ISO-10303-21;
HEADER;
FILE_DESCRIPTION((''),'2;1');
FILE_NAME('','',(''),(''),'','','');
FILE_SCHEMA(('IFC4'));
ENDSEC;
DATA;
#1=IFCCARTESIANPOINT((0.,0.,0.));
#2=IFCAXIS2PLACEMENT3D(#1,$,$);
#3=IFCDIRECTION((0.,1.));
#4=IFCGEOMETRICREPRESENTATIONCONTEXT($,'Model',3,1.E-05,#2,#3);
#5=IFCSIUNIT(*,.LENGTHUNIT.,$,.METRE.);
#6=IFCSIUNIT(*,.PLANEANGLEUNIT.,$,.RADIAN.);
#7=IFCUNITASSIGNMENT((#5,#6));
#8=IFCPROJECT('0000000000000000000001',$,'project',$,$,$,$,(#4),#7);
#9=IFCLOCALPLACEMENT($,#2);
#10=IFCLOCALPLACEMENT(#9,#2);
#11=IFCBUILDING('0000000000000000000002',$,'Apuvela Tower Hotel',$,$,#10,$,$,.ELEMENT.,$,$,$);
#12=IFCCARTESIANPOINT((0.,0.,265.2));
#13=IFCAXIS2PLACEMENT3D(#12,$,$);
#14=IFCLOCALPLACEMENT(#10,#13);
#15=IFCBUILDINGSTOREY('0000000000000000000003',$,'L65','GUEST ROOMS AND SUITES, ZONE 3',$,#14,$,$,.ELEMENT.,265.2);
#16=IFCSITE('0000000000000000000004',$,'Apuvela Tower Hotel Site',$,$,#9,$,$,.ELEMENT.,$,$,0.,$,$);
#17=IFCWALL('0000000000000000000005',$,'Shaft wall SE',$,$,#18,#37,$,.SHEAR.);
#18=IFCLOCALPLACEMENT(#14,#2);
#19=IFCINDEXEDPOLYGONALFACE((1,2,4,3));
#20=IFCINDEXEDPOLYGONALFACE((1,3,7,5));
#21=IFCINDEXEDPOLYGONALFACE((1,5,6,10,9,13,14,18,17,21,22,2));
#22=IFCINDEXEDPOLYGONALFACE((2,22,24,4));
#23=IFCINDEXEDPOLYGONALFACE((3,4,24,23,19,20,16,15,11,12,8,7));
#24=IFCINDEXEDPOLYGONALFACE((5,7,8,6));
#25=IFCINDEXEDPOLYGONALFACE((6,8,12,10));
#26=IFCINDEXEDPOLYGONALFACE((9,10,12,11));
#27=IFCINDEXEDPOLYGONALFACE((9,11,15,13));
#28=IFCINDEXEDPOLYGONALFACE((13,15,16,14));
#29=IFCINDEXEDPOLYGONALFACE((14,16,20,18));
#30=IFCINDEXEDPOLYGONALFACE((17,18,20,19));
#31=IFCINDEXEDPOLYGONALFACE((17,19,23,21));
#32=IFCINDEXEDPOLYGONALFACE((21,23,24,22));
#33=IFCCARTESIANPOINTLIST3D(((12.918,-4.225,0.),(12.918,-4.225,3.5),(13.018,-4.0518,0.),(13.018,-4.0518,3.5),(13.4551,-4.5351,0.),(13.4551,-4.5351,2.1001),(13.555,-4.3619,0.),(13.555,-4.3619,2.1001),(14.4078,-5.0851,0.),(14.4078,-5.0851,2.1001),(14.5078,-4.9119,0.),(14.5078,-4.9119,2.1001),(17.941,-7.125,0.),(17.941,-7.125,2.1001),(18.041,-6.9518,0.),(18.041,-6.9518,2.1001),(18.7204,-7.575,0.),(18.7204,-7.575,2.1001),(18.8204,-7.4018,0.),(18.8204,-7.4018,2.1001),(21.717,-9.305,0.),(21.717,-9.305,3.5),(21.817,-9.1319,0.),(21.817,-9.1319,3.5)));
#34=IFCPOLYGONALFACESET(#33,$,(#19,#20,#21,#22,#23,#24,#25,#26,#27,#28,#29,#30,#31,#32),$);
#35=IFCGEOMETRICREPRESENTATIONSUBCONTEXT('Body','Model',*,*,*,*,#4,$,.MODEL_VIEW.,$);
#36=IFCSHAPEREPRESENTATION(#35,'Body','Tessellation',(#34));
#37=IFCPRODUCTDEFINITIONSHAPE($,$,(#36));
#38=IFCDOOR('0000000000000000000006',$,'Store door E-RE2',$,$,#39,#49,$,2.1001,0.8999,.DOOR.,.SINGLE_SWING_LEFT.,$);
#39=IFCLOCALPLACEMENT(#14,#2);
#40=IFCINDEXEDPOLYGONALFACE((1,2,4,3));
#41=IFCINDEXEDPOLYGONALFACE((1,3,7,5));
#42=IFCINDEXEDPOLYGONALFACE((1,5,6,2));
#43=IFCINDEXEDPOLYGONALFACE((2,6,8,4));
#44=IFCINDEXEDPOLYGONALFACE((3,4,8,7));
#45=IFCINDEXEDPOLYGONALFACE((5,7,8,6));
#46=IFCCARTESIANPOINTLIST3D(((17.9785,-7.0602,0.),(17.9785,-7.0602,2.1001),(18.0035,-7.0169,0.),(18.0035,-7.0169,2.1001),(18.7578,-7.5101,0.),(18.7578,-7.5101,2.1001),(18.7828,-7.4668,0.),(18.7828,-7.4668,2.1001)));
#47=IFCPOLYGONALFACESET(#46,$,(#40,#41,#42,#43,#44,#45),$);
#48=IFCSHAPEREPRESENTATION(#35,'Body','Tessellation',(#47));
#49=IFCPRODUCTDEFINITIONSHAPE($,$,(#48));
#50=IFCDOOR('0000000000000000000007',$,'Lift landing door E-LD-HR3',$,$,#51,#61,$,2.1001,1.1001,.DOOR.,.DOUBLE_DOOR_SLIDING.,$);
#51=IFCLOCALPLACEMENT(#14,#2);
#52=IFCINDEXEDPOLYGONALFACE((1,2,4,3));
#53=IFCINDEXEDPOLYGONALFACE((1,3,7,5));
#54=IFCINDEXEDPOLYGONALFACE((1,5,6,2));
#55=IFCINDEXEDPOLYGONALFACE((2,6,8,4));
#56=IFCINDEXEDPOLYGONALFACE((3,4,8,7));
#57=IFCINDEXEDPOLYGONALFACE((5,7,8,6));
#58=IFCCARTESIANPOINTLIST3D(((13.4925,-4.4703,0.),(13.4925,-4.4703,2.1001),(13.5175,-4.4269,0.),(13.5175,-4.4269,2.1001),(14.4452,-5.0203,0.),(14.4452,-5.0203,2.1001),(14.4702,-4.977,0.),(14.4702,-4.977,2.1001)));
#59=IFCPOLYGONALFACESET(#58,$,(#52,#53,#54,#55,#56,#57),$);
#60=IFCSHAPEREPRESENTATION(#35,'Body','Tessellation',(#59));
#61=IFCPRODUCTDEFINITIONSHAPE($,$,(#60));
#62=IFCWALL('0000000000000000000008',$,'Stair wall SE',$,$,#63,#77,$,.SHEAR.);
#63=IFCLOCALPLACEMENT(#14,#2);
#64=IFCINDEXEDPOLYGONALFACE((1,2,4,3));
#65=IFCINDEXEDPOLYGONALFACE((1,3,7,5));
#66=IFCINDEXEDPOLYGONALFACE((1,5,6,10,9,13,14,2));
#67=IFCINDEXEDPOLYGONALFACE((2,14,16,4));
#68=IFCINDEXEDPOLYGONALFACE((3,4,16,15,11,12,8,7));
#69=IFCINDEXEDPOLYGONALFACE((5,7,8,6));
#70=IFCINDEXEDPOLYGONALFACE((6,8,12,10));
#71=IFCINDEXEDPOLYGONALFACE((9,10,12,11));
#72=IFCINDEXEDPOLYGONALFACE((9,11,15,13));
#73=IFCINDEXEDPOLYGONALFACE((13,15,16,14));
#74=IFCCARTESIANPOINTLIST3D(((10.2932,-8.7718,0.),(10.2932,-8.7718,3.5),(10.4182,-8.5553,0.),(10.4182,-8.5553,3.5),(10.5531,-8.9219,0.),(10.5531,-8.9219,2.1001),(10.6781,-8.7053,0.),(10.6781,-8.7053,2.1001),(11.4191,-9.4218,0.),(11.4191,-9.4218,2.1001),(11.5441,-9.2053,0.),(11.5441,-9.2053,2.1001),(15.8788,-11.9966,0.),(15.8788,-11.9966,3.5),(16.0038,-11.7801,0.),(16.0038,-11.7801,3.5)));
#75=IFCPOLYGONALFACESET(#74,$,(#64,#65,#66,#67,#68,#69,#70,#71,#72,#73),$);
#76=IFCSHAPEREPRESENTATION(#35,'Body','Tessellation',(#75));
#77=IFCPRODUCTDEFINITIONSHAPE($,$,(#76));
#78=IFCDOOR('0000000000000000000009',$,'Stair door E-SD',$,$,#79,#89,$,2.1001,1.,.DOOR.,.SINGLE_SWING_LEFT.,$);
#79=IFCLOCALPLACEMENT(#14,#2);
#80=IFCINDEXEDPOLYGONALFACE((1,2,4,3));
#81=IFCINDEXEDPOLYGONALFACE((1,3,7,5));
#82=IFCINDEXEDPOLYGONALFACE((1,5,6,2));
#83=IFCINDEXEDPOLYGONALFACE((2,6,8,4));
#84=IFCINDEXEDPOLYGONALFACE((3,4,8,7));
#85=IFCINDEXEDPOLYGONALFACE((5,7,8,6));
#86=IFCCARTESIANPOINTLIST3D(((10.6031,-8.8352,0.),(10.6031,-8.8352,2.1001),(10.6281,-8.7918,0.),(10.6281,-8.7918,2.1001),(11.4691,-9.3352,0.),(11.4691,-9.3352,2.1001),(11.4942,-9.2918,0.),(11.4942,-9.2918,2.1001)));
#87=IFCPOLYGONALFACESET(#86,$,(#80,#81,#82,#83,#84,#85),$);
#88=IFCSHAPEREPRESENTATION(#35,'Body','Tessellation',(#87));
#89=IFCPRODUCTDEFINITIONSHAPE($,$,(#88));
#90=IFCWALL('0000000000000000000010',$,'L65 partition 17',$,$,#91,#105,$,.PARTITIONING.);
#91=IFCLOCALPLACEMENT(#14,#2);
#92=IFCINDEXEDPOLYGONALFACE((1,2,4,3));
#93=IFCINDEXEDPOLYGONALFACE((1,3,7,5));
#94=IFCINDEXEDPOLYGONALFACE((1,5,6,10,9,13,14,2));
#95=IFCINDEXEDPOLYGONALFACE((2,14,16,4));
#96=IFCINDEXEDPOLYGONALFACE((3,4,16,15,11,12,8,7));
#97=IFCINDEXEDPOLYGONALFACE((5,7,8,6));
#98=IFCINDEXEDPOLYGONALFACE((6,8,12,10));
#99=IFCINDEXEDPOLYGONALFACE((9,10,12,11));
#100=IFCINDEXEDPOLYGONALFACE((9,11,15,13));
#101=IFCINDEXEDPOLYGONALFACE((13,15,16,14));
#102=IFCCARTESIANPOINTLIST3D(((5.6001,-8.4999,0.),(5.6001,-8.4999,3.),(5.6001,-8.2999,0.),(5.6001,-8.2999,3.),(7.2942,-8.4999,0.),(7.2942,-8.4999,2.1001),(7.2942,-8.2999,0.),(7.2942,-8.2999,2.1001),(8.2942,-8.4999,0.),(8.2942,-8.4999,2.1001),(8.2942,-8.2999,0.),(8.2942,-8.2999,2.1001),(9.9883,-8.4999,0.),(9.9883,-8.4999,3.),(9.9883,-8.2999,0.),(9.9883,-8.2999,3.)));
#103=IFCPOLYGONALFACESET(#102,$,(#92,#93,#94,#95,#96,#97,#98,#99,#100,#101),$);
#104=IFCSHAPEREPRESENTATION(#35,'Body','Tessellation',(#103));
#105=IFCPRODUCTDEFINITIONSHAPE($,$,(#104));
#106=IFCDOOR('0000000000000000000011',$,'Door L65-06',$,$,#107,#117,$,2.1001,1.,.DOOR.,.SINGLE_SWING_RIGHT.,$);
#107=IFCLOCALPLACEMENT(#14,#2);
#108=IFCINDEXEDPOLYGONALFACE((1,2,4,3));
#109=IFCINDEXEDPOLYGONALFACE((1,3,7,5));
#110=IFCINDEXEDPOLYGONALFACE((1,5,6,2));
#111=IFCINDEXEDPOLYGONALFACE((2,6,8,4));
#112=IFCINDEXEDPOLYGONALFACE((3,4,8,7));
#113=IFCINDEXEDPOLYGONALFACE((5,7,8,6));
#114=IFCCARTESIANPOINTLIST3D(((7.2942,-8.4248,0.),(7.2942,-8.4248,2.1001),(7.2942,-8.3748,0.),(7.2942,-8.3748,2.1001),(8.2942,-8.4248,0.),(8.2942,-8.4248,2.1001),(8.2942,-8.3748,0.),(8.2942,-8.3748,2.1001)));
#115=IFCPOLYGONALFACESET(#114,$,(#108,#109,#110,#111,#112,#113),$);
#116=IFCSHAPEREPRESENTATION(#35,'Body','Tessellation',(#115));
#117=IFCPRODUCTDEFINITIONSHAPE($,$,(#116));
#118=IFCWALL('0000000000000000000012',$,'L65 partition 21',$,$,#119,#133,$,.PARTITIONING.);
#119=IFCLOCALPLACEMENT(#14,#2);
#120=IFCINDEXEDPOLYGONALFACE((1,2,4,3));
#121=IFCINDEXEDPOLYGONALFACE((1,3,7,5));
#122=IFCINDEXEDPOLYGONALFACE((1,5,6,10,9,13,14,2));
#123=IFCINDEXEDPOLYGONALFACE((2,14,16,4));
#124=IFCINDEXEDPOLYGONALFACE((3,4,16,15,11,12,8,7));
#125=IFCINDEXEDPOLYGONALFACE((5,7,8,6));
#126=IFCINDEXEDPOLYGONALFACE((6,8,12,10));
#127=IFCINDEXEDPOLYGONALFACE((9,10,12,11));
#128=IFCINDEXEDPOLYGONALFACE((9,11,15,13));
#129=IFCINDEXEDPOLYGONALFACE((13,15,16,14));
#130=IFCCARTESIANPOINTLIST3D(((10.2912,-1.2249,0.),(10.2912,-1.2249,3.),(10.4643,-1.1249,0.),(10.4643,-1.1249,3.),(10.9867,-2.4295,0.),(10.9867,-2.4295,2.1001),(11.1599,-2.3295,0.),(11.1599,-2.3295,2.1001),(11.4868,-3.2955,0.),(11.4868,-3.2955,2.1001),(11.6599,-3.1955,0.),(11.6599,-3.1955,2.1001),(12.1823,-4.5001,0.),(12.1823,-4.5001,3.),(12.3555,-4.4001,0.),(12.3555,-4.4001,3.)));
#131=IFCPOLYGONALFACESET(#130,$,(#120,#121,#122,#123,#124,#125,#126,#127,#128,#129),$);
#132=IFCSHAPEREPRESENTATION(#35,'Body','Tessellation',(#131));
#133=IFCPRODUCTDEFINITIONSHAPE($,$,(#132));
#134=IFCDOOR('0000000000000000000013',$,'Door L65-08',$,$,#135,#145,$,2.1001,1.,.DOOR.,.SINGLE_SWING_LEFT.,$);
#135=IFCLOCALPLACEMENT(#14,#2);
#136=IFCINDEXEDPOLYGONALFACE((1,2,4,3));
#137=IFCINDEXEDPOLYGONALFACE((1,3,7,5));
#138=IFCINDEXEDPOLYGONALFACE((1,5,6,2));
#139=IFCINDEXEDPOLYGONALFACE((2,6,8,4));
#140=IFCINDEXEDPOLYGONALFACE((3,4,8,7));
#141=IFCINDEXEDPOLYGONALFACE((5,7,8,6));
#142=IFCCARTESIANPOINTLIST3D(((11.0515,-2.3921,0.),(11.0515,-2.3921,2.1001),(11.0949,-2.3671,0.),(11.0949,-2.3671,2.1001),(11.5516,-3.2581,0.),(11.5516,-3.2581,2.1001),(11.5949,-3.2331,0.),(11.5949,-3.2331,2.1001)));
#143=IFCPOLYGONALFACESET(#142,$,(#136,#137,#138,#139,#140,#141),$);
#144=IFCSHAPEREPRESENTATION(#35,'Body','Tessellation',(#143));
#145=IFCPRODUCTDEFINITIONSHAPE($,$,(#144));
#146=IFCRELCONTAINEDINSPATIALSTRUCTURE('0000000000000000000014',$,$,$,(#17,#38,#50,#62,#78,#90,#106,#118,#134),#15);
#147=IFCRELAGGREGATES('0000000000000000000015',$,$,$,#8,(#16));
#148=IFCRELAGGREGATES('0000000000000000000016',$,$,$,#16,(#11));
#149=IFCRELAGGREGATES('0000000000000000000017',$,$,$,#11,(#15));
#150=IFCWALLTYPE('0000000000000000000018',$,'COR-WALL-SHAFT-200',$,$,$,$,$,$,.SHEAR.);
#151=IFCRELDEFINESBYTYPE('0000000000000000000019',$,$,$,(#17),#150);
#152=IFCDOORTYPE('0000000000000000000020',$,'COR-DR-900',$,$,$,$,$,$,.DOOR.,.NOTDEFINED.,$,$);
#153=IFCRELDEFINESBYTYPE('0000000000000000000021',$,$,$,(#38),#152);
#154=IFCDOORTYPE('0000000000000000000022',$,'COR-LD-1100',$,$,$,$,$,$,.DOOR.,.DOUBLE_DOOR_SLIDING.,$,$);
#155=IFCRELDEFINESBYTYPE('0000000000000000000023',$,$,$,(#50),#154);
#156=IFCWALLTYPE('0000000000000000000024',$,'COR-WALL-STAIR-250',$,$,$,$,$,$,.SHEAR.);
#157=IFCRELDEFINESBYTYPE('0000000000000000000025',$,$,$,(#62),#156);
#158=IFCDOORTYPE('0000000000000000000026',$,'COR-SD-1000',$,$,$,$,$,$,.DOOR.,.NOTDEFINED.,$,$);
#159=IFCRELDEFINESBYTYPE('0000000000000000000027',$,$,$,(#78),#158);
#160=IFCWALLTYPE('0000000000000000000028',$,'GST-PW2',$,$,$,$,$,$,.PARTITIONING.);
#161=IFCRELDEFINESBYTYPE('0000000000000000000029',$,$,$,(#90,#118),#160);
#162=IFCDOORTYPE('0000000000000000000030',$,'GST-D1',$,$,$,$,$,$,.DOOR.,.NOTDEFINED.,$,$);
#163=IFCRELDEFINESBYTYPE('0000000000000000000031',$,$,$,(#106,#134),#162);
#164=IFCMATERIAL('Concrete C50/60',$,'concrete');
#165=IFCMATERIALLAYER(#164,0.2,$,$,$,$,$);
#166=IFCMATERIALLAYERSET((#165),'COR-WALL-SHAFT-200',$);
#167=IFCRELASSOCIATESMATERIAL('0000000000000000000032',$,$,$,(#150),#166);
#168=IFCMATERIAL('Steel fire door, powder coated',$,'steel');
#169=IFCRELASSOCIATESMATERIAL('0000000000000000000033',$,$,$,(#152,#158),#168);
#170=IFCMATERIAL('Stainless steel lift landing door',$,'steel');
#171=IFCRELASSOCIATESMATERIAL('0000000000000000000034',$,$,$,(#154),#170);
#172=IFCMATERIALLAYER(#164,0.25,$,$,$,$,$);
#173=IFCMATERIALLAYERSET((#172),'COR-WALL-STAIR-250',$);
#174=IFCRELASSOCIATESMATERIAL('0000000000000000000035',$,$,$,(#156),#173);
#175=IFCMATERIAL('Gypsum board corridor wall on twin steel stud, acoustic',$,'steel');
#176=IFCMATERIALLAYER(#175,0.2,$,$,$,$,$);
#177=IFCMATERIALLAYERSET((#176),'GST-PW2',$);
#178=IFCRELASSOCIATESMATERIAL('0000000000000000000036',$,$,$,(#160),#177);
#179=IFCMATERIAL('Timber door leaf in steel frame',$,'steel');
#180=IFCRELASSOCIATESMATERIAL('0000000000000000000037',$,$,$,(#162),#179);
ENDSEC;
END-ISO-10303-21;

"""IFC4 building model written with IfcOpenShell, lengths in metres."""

from ifc_helpers import new_model, si_unit, direction, frame, frame_2d, origin, place, context, subcontext, project, spatial, rectangle, extrude, material, layer, layer_set, type_object, element, fill, save


model = new_model("IFC4")

# Units and contexts
model_context = context("Model", 3, precision=1e-05, world=origin(), true_north=direction((0.0, 1.0)))
body_context = subcontext(model_context, "Body", "Model", "MODEL_VIEW")
ifc_project = project(units=[si_unit("LENGTHUNIT", "METRE"), si_unit("PLANEANGLEUNIT", "RADIAN")], contexts=[model_context])

# Site, building, storey
site_placement = place(None, origin())
site = spatial("IfcSite", under=ifc_project, at=site_placement, Name="Apuvela Tower Hotel Site", CompositionType="ELEMENT", RefElevation=0.0)
building_placement = place(site_placement, origin())
building = spatial("IfcBuilding", under=site, at=building_placement, Name="Apuvela Tower Hotel", CompositionType="ELEMENT")
storey_placement = place(building_placement, frame((0.0, 0.0, 265.2)))
storey = spatial("IfcBuildingStorey", under=building, at=storey_placement, Name="L65", Description="GUEST ROOMS AND SUITES, ZONE 3", CompositionType="ELEMENT", Elevation=265.2)

# Shared definitions
ifc_material_1 = material(Name="Concrete C50/60", Category="concrete")
ifc_material_2 = material(Name="Steel fire door, powder coated", Category="steel")

# Shared definitions
ifc_layer_1 = layer(ifc_material_1, 0.2)
ifc_layer_set_1 = layer_set([ifc_layer_1], Name="COR-WALL-SHAFT-200")
wall_type_1 = type_object("IfcWallType", Name="COR-WALL-SHAFT-200", PredefinedType="SHEAR", material=ifc_layer_set_1)
ifc_material_3 = material(Name="Stainless steel lift landing door", Category="steel")

# Wall, openings, doors
wall_1_placement = place(storey_placement, frame((12.968, -4.1384, 0.0), z_axis=(0.0, 0.0, 1.0), x_axis=(0.866028, -0.499995, 0.0)))
wall_1 = element("IfcWall", 1, at=wall_1_placement, inside=storey, type_object=wall_type_1, Name="Shaft wall SE", PredefinedType="SHEAR", context=body_context, shape_type="SweptSolid", body=[
    extrude(rectangle(XDim=10.1602, YDim=0.2, at=frame_2d((5.0801, 0.0))), origin(), (0.0, 0.0, 1.0), 3.5),
])
opening_1_placement = place(wall_1_placement, frame((0.6201, 0.0, 0.0)))
opening_1 = element("IfcOpeningElement", 2, at=opening_1_placement, cuts=wall_1, PredefinedType="OPENING", context=body_context, shape_type="SweptSolid", body=[
    extrude(rectangle(XDim=1.1001, YDim=2.1001, at=frame_2d((0.55, 1.05))), frame((0.0, 0.1099, 0.0), z_axis=(0.0, -1.0, 0.0), x_axis=(1.0, 0.0, 0.0)), (0.0, 0.0, 1.0), 0.22),
])
opening_2_placement = place(wall_1_placement, frame((5.8, 0.0, 0.0)))
opening_2 = element("IfcOpeningElement", 3, at=opening_2_placement, cuts=wall_1, PredefinedType="OPENING", context=body_context, shape_type="SweptSolid", body=[
    extrude(rectangle(XDim=0.8999, YDim=2.1001, at=frame_2d((0.45, 1.05))), frame((0.0, 0.1099, 0.0), z_axis=(0.0, -1.0, 0.0), x_axis=(1.0, 0.0, 0.0)), (0.0, 0.0, 1.0), 0.22),
])
door_type_1 = type_object("IfcDoorType", Name="COR-DR-900", OperationType="NOTDEFINED", PredefinedType="DOOR", material=ifc_material_2)
door_1_placement = place(opening_2_placement, origin())
door_1 = element("IfcDoor", 4, at=door_1_placement, inside=storey, type_object=door_type_1, Name="Store door E-RE2", OperationType="SINGLE_SWING_LEFT", OverallHeight=2.1001, OverallWidth=0.8999, PredefinedType="DOOR", context=body_context, shape_type="SweptSolid", body=[
    extrude(rectangle(XDim=0.8999, YDim=2.1001, at=frame_2d((0.45, 1.05))), frame((0.0, 0.0249, 0.0), z_axis=(0.0, -1.0, 0.0), x_axis=(1.0, 0.0, 0.0)), (0.0, 0.0, 1.0), 0.05),
])
fill(opening_2, door_1)
door_type_2 = type_object("IfcDoorType", Name="COR-LD-1100", OperationType="DOUBLE_DOOR_SLIDING", PredefinedType="DOOR", material=ifc_material_3)
door_2_placement = place(opening_1_placement, origin())
door_2 = element("IfcDoor", 5, at=door_2_placement, inside=storey, type_object=door_type_2, Name="Lift landing door E-LD-HR3", OperationType="DOUBLE_DOOR_SLIDING", OverallHeight=2.1001, OverallWidth=1.1001, PredefinedType="DOOR", context=body_context, shape_type="SweptSolid", body=[
    extrude(rectangle(XDim=1.1001, YDim=2.1001, at=frame_2d((0.55, 1.05))), frame((0.0, 0.0249, 0.0), z_axis=(0.0, -1.0, 0.0), x_axis=(1.0, 0.0, 0.0)), (0.0, 0.0, 1.0), 0.05),
])
fill(opening_1, door_2)

# Walls, openings, doors
ifc_layer_2 = layer(ifc_material_1, 0.25)
ifc_layer_set_2 = layer_set([ifc_layer_2], Name="COR-WALL-STAIR-250")
wall_type_2 = type_object("IfcWallType", Name="COR-WALL-STAIR-250", PredefinedType="SHEAR", material=ifc_layer_set_2)
wall_2_placement = place(storey_placement, frame((10.3557, -8.6636, 0.0), z_axis=(0.0, 0.0, 1.0), x_axis=(0.866029, -0.499994, 0.0)))
wall_2 = element("IfcWall", 6, at=wall_2_placement, inside=storey, type_object=wall_type_2, Name="Stair wall SE", PredefinedType="SHEAR", context=body_context, shape_type="SweptSolid", body=[
    extrude(rectangle(XDim=6.4497, YDim=0.25, at=frame_2d((3.2249, 0.0))), origin(), (0.0, 0.0, 1.0), 3.5),
])
opening_3_placement = place(wall_2_placement, frame((0.3, 0.0, 0.0)))
opening_3 = element("IfcOpeningElement", 7, at=opening_3_placement, cuts=wall_2, PredefinedType="OPENING", context=body_context, shape_type="SweptSolid", body=[
    extrude(rectangle(XDim=1.0, YDim=2.1001, at=frame_2d((0.5, 1.05))), frame((0.0, 0.135, 0.0), z_axis=(0.0, -1.0, 0.0), x_axis=(1.0, 0.0, 0.0)), (0.0, 0.0, 1.0), 0.27),
])
door_type_3 = type_object("IfcDoorType", Name="COR-SD-1000", OperationType="NOTDEFINED", PredefinedType="DOOR", material=ifc_material_2)
door_3_placement = place(opening_3_placement, frame((1.0, 0.0, 0.0), z_axis=(0.0, 0.0, 1.0), x_axis=(-1.0, 0.0, 0.0)))
door_3 = element("IfcDoor", 8, at=door_3_placement, inside=storey, type_object=door_type_3, Name="Stair door E-SD", OperationType="SINGLE_SWING_LEFT", OverallHeight=2.1001, OverallWidth=1.0, PredefinedType="DOOR", context=body_context, shape_type="SweptSolid", body=[
    extrude(rectangle(XDim=1.0, YDim=2.1001, at=frame_2d((0.5, 1.05))), frame((0.0, 0.0249, 0.0), z_axis=(0.0, -1.0, 0.0), x_axis=(1.0, 0.0, 0.0)), (0.0, 0.0, 1.0), 0.05),
])
fill(opening_3, door_3)
ifc_material_4 = material(Name="Gypsum board corridor wall on twin steel stud, acoustic", Category="steel")
ifc_layer_3 = layer(ifc_material_4, 0.2)
ifc_layer_set_3 = layer_set([ifc_layer_3], Name="GST-PW2")
wall_type_3 = type_object("IfcWallType", Name="GST-PW2", PredefinedType="PARTITIONING", material=ifc_layer_set_3)
wall_3_placement = place(storey_placement, frame((9.9883, -8.3999, 0.0), z_axis=(0.0, 0.0, 1.0), x_axis=(-1.0, 0.0, 0.0)))
wall_3 = element("IfcWall", 9, at=wall_3_placement, inside=storey, type_object=wall_type_3, Name="L65 partition 17", PredefinedType="PARTITIONING", context=body_context, shape_type="SweptSolid", body=[
    extrude(rectangle(XDim=4.3882, YDim=0.2, at=frame_2d((2.1941, 0.0))), origin(), (0.0, 0.0, 1.0), 3.0),
])
opening_4_placement = place(wall_3_placement, frame((1.6941, 0.0, 0.0)))
opening_4 = element("IfcOpeningElement", 10, at=opening_4_placement, cuts=wall_3, PredefinedType="OPENING", context=body_context, shape_type="SweptSolid", body=[
    extrude(rectangle(XDim=1.0, YDim=2.1001, at=frame_2d((0.5, 1.05))), frame((0.0, 0.1099, 0.0), z_axis=(0.0, -1.0, 0.0), x_axis=(1.0, 0.0, 0.0)), (0.0, 0.0, 1.0), 0.22),
])
ifc_material_5 = material(Name="Timber door leaf in steel frame", Category="steel")
door_type_4 = type_object("IfcDoorType", Name="GST-D1", OperationType="NOTDEFINED", PredefinedType="DOOR", material=ifc_material_5)
door_4_placement = place(opening_4_placement, origin())
door_4 = element("IfcDoor", 11, at=door_4_placement, inside=storey, type_object=door_type_4, Name="Door L65-06", OperationType="SINGLE_SWING_RIGHT", OverallHeight=2.1001, OverallWidth=1.0, PredefinedType="DOOR", context=body_context, shape_type="SweptSolid", body=[
    extrude(rectangle(XDim=1.0, YDim=2.1001, at=frame_2d((0.5, 1.05))), frame((0.0, 0.0249, 0.0), z_axis=(0.0, -1.0, 0.0), x_axis=(1.0, 0.0, 0.0)), (0.0, 0.0, 1.0), 0.05),
])
fill(opening_4, door_4)
wall_4_placement = place(storey_placement, frame((10.3777, -1.1748, 0.0), z_axis=(0.0, 0.0, 1.0), x_axis=(0.500041, -0.866002, 0.0)))
wall_4 = element("IfcWall", 12, at=wall_4_placement, inside=storey, type_object=wall_type_3, Name="L65 partition 21", PredefinedType="PARTITIONING", context=body_context, shape_type="SweptSolid", body=[
    extrude(rectangle(XDim=3.782, YDim=0.2, at=frame_2d((1.8911, 0.0))), origin(), (0.0, 0.0, 1.0), 3.0),
])
opening_5_placement = place(wall_4_placement, frame((1.3911, 0.0, 0.0)))
opening_5 = element("IfcOpeningElement", 13, at=opening_5_placement, cuts=wall_4, PredefinedType="OPENING", context=body_context, shape_type="SweptSolid", body=[
    extrude(rectangle(XDim=1.0, YDim=2.1001, at=frame_2d((0.5, 1.05))), frame((0.0, 0.1099, 0.0), z_axis=(0.0, -1.0, 0.0), x_axis=(1.0, 0.0, 0.0)), (0.0, 0.0, 1.0), 0.22),
])
door_5_placement = place(opening_5_placement, origin())
door_5 = element("IfcDoor", 14, at=door_5_placement, inside=storey, type_object=door_type_4, Name="Door L65-08", OperationType="SINGLE_SWING_LEFT", OverallHeight=2.1001, OverallWidth=1.0, PredefinedType="DOOR", context=body_context, shape_type="SweptSolid", body=[
    extrude(rectangle(XDim=1.0, YDim=2.1001, at=frame_2d((0.5, 1.05))), frame((0.0, 0.0249, 0.0), z_axis=(0.0, -1.0, 0.0), x_axis=(1.0, 0.0, 0.0)), (0.0, 0.0, 1.0), 0.05),
])
fill(opening_5, door_5)

save(model, "model.ifc")
